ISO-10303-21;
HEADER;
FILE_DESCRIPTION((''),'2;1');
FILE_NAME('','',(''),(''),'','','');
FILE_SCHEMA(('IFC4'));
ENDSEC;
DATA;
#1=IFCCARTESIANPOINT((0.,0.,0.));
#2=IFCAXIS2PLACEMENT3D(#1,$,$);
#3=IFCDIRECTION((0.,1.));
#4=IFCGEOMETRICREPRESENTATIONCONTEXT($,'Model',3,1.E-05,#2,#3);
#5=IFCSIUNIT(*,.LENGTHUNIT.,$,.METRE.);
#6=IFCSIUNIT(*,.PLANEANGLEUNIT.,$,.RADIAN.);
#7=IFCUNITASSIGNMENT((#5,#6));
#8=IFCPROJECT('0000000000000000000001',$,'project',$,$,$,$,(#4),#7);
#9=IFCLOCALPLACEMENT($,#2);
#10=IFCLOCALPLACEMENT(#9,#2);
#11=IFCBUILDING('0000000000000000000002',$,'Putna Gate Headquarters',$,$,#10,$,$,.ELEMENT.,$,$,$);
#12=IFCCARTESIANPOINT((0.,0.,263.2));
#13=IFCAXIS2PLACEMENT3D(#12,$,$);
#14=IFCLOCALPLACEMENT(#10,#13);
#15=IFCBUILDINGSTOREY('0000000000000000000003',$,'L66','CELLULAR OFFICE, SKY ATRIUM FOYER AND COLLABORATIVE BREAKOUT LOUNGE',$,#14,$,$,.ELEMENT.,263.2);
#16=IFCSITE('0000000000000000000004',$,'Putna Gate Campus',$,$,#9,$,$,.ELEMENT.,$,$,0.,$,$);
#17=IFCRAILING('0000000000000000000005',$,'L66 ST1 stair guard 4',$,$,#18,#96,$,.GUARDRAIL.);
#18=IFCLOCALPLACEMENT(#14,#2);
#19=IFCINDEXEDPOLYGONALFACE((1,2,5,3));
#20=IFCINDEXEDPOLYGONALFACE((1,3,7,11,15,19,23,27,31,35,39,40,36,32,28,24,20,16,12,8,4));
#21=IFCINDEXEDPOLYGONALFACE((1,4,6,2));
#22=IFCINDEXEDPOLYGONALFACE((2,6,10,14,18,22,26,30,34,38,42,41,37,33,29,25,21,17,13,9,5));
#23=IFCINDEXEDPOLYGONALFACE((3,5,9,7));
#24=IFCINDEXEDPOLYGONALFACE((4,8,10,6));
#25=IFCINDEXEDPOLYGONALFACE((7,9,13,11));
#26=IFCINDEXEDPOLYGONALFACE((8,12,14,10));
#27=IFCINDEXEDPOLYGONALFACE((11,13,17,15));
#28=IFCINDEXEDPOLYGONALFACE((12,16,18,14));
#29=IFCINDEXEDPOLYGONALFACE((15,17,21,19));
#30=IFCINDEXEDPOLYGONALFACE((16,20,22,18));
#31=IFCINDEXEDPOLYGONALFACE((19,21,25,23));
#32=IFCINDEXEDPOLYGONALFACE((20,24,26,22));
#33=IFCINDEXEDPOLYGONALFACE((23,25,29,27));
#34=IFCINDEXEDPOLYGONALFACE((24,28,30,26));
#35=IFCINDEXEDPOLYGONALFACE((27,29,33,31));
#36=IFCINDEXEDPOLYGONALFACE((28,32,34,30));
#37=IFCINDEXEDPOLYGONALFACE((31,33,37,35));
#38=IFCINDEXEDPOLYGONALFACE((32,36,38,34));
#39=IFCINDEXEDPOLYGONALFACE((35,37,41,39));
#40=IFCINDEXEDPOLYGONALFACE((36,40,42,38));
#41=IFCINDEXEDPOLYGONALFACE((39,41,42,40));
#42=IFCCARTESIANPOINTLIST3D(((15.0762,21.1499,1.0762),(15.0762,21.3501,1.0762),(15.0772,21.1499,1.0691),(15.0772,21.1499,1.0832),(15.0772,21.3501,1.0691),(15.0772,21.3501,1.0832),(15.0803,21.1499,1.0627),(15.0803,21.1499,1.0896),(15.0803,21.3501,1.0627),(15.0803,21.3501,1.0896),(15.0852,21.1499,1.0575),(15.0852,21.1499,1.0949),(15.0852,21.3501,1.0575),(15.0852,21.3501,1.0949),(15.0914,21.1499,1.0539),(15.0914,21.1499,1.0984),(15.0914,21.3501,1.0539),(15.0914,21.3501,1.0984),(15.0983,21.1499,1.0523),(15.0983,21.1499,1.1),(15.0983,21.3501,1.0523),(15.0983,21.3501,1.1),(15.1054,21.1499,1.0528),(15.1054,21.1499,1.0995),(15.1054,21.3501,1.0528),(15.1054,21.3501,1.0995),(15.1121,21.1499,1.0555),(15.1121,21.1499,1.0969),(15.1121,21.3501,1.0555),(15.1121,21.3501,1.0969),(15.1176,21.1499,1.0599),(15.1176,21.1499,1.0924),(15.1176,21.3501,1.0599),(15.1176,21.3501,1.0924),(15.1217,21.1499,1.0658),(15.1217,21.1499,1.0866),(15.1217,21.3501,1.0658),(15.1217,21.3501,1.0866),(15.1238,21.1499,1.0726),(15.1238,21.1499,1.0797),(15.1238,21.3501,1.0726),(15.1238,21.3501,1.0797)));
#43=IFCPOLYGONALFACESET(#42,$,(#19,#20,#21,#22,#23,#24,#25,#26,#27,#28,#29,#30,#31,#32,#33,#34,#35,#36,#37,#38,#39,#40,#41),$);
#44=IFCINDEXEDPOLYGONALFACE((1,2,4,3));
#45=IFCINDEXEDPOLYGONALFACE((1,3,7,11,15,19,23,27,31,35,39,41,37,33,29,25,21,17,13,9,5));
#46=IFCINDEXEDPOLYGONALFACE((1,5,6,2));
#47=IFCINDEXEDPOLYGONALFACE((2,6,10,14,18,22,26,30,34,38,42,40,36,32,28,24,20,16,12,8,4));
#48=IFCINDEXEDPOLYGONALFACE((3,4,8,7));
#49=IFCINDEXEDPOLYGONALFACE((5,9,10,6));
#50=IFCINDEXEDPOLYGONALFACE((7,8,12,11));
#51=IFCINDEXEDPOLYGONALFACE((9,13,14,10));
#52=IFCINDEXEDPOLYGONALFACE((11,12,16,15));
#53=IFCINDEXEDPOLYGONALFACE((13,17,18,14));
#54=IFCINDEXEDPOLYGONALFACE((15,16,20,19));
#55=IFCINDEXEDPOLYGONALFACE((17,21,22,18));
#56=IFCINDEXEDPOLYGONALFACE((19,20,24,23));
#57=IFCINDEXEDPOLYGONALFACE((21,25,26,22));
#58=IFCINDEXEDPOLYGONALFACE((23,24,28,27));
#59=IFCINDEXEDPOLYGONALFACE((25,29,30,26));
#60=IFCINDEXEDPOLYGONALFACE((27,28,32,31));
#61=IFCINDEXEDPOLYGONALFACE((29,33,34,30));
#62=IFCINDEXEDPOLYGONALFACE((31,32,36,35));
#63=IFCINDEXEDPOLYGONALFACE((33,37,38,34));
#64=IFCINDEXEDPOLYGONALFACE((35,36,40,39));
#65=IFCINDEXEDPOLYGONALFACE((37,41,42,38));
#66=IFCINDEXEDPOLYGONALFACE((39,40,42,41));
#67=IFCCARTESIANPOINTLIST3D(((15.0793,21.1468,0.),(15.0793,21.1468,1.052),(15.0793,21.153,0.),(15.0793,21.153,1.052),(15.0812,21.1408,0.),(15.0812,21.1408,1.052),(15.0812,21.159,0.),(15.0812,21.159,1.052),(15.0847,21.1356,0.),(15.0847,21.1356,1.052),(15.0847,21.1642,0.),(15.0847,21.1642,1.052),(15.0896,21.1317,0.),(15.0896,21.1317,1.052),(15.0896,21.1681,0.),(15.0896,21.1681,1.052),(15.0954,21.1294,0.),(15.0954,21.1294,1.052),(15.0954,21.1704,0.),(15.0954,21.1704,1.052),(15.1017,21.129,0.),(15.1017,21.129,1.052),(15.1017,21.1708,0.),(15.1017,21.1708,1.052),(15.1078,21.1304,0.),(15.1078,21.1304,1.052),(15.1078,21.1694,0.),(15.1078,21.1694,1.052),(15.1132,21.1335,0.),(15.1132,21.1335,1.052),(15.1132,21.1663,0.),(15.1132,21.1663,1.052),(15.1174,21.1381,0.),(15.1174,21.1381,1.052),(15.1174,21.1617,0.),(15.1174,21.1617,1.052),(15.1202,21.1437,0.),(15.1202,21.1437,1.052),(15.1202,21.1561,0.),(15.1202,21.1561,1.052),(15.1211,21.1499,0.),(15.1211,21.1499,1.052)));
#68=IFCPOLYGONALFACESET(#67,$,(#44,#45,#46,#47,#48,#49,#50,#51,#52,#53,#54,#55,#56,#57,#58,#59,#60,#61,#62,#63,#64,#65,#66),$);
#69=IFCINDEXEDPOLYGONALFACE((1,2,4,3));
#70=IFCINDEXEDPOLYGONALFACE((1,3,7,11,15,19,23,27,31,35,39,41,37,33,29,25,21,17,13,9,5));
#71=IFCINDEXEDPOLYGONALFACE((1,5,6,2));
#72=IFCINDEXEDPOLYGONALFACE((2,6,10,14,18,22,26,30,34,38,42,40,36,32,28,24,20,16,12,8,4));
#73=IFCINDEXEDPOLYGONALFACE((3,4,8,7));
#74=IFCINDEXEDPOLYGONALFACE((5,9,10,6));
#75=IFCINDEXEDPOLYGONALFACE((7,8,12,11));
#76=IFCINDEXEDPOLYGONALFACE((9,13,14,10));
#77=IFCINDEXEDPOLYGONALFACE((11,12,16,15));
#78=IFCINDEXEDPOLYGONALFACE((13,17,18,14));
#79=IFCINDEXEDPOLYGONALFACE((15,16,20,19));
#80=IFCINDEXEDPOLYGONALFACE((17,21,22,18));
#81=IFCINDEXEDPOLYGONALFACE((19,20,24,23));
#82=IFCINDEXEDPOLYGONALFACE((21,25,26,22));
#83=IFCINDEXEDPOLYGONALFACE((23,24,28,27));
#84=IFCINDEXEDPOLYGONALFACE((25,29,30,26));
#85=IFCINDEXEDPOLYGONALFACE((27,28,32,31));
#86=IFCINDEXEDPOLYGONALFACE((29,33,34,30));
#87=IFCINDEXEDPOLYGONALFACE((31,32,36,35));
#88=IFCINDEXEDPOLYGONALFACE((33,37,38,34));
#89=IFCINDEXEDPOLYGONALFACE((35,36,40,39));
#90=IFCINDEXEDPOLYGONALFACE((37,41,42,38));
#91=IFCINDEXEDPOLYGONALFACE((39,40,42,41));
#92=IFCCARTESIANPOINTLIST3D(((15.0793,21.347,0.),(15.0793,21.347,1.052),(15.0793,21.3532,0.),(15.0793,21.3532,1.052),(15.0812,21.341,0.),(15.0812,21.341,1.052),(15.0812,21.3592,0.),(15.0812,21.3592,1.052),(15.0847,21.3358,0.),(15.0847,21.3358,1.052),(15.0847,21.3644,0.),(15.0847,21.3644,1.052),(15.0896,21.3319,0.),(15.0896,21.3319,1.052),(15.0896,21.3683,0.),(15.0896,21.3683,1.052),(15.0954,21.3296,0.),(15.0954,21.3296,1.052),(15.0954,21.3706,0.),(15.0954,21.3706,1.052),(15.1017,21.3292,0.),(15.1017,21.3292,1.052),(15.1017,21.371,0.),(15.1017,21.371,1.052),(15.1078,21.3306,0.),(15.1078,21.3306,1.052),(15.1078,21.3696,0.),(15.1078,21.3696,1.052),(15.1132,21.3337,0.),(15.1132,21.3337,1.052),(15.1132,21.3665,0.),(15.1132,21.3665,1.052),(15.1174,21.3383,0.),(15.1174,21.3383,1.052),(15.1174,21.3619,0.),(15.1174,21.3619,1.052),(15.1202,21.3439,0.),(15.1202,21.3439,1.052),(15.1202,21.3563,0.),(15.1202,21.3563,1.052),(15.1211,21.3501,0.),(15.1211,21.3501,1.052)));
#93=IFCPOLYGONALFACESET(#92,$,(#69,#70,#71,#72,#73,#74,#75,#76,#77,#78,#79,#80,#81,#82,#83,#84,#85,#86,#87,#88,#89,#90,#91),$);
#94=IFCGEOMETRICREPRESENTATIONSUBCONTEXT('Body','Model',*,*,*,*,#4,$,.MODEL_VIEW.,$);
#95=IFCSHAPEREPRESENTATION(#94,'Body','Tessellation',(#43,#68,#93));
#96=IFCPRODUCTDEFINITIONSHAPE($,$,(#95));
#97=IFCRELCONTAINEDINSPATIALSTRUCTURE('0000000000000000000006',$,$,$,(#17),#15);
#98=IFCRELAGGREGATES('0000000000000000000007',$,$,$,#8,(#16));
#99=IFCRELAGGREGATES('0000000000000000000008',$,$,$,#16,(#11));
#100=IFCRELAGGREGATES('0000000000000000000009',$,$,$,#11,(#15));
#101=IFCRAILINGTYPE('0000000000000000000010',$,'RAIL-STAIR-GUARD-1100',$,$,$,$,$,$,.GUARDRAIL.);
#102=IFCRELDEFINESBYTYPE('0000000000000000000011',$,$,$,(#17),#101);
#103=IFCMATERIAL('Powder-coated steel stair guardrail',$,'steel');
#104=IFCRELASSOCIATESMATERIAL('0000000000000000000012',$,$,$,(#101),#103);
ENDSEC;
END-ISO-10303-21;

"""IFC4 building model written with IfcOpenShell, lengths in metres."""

from ifc_helpers import new_model, si_unit, direction, frame, origin, origin_2d, place, context, subcontext, project, spatial, circle, extrude, material, type_object, element, save


model = new_model("IFC4")

# Units and contexts
model_context = context("Model", 3, precision=1e-05, world=origin(), true_north=direction((0.0, 1.0)))
body_context = subcontext(model_context, "Body", "Model", "MODEL_VIEW")
ifc_project = project(units=[si_unit("LENGTHUNIT", "METRE"), si_unit("PLANEANGLEUNIT", "RADIAN")], contexts=[model_context])

# Site, building, storey
site_placement = place(None, origin())
site = spatial("IfcSite", under=ifc_project, at=site_placement, Name="Putna Gate Campus", CompositionType="ELEMENT", RefElevation=0.0)
building_placement = place(site_placement, origin())
building = spatial("IfcBuilding", under=site, at=building_placement, Name="Putna Gate Headquarters", CompositionType="ELEMENT")
storey_placement = place(building_placement, frame((0.0, 0.0, 263.2)))
storey = spatial("IfcBuildingStorey", under=building, at=storey_placement, Name="L66", Description="CELLULAR OFFICE, SKY ATRIUM FOYER AND COLLABORATIVE BREAKOUT LOUNGE", CompositionType="ELEMENT", Elevation=263.2)

# Railing
ifc_material_1 = material(Name="Powder-coated steel stair guardrail", Category="steel")
railing_type_1 = type_object("IfcRailingType", Name="RAIL-STAIR-GUARD-1100", PredefinedType="GUARDRAIL", material=ifc_material_1)
railing_1_placement = place(storey_placement, frame((15.1001, 21.1499, 0.0)))
element("IfcRailing", 1, at=railing_1_placement, inside=storey, type_object=railing_type_1, Name="L66 ST1 stair guard 4", PredefinedType="GUARDRAIL", context=body_context, shape_type="SweptSolid", body=[
    extrude(circle(Radius=0.0239, at=origin_2d()), frame((0.0, 0.0, 1.0762), z_axis=(0.0, 1.0, 0.0), x_axis=(-1.0, 0.0, 0.0)), (0.0, 0.0, 1.0), 0.2002),
    extrude(circle(Radius=0.021, at=origin_2d()), origin(), (0.0, 0.0, 1.0), 1.052),
    extrude(circle(Radius=0.021, at=origin_2d()), frame((0.0, 0.2002, 0.0)), (0.0, 0.0, 1.0), 1.052),
])

save(model, "model.ifc")
